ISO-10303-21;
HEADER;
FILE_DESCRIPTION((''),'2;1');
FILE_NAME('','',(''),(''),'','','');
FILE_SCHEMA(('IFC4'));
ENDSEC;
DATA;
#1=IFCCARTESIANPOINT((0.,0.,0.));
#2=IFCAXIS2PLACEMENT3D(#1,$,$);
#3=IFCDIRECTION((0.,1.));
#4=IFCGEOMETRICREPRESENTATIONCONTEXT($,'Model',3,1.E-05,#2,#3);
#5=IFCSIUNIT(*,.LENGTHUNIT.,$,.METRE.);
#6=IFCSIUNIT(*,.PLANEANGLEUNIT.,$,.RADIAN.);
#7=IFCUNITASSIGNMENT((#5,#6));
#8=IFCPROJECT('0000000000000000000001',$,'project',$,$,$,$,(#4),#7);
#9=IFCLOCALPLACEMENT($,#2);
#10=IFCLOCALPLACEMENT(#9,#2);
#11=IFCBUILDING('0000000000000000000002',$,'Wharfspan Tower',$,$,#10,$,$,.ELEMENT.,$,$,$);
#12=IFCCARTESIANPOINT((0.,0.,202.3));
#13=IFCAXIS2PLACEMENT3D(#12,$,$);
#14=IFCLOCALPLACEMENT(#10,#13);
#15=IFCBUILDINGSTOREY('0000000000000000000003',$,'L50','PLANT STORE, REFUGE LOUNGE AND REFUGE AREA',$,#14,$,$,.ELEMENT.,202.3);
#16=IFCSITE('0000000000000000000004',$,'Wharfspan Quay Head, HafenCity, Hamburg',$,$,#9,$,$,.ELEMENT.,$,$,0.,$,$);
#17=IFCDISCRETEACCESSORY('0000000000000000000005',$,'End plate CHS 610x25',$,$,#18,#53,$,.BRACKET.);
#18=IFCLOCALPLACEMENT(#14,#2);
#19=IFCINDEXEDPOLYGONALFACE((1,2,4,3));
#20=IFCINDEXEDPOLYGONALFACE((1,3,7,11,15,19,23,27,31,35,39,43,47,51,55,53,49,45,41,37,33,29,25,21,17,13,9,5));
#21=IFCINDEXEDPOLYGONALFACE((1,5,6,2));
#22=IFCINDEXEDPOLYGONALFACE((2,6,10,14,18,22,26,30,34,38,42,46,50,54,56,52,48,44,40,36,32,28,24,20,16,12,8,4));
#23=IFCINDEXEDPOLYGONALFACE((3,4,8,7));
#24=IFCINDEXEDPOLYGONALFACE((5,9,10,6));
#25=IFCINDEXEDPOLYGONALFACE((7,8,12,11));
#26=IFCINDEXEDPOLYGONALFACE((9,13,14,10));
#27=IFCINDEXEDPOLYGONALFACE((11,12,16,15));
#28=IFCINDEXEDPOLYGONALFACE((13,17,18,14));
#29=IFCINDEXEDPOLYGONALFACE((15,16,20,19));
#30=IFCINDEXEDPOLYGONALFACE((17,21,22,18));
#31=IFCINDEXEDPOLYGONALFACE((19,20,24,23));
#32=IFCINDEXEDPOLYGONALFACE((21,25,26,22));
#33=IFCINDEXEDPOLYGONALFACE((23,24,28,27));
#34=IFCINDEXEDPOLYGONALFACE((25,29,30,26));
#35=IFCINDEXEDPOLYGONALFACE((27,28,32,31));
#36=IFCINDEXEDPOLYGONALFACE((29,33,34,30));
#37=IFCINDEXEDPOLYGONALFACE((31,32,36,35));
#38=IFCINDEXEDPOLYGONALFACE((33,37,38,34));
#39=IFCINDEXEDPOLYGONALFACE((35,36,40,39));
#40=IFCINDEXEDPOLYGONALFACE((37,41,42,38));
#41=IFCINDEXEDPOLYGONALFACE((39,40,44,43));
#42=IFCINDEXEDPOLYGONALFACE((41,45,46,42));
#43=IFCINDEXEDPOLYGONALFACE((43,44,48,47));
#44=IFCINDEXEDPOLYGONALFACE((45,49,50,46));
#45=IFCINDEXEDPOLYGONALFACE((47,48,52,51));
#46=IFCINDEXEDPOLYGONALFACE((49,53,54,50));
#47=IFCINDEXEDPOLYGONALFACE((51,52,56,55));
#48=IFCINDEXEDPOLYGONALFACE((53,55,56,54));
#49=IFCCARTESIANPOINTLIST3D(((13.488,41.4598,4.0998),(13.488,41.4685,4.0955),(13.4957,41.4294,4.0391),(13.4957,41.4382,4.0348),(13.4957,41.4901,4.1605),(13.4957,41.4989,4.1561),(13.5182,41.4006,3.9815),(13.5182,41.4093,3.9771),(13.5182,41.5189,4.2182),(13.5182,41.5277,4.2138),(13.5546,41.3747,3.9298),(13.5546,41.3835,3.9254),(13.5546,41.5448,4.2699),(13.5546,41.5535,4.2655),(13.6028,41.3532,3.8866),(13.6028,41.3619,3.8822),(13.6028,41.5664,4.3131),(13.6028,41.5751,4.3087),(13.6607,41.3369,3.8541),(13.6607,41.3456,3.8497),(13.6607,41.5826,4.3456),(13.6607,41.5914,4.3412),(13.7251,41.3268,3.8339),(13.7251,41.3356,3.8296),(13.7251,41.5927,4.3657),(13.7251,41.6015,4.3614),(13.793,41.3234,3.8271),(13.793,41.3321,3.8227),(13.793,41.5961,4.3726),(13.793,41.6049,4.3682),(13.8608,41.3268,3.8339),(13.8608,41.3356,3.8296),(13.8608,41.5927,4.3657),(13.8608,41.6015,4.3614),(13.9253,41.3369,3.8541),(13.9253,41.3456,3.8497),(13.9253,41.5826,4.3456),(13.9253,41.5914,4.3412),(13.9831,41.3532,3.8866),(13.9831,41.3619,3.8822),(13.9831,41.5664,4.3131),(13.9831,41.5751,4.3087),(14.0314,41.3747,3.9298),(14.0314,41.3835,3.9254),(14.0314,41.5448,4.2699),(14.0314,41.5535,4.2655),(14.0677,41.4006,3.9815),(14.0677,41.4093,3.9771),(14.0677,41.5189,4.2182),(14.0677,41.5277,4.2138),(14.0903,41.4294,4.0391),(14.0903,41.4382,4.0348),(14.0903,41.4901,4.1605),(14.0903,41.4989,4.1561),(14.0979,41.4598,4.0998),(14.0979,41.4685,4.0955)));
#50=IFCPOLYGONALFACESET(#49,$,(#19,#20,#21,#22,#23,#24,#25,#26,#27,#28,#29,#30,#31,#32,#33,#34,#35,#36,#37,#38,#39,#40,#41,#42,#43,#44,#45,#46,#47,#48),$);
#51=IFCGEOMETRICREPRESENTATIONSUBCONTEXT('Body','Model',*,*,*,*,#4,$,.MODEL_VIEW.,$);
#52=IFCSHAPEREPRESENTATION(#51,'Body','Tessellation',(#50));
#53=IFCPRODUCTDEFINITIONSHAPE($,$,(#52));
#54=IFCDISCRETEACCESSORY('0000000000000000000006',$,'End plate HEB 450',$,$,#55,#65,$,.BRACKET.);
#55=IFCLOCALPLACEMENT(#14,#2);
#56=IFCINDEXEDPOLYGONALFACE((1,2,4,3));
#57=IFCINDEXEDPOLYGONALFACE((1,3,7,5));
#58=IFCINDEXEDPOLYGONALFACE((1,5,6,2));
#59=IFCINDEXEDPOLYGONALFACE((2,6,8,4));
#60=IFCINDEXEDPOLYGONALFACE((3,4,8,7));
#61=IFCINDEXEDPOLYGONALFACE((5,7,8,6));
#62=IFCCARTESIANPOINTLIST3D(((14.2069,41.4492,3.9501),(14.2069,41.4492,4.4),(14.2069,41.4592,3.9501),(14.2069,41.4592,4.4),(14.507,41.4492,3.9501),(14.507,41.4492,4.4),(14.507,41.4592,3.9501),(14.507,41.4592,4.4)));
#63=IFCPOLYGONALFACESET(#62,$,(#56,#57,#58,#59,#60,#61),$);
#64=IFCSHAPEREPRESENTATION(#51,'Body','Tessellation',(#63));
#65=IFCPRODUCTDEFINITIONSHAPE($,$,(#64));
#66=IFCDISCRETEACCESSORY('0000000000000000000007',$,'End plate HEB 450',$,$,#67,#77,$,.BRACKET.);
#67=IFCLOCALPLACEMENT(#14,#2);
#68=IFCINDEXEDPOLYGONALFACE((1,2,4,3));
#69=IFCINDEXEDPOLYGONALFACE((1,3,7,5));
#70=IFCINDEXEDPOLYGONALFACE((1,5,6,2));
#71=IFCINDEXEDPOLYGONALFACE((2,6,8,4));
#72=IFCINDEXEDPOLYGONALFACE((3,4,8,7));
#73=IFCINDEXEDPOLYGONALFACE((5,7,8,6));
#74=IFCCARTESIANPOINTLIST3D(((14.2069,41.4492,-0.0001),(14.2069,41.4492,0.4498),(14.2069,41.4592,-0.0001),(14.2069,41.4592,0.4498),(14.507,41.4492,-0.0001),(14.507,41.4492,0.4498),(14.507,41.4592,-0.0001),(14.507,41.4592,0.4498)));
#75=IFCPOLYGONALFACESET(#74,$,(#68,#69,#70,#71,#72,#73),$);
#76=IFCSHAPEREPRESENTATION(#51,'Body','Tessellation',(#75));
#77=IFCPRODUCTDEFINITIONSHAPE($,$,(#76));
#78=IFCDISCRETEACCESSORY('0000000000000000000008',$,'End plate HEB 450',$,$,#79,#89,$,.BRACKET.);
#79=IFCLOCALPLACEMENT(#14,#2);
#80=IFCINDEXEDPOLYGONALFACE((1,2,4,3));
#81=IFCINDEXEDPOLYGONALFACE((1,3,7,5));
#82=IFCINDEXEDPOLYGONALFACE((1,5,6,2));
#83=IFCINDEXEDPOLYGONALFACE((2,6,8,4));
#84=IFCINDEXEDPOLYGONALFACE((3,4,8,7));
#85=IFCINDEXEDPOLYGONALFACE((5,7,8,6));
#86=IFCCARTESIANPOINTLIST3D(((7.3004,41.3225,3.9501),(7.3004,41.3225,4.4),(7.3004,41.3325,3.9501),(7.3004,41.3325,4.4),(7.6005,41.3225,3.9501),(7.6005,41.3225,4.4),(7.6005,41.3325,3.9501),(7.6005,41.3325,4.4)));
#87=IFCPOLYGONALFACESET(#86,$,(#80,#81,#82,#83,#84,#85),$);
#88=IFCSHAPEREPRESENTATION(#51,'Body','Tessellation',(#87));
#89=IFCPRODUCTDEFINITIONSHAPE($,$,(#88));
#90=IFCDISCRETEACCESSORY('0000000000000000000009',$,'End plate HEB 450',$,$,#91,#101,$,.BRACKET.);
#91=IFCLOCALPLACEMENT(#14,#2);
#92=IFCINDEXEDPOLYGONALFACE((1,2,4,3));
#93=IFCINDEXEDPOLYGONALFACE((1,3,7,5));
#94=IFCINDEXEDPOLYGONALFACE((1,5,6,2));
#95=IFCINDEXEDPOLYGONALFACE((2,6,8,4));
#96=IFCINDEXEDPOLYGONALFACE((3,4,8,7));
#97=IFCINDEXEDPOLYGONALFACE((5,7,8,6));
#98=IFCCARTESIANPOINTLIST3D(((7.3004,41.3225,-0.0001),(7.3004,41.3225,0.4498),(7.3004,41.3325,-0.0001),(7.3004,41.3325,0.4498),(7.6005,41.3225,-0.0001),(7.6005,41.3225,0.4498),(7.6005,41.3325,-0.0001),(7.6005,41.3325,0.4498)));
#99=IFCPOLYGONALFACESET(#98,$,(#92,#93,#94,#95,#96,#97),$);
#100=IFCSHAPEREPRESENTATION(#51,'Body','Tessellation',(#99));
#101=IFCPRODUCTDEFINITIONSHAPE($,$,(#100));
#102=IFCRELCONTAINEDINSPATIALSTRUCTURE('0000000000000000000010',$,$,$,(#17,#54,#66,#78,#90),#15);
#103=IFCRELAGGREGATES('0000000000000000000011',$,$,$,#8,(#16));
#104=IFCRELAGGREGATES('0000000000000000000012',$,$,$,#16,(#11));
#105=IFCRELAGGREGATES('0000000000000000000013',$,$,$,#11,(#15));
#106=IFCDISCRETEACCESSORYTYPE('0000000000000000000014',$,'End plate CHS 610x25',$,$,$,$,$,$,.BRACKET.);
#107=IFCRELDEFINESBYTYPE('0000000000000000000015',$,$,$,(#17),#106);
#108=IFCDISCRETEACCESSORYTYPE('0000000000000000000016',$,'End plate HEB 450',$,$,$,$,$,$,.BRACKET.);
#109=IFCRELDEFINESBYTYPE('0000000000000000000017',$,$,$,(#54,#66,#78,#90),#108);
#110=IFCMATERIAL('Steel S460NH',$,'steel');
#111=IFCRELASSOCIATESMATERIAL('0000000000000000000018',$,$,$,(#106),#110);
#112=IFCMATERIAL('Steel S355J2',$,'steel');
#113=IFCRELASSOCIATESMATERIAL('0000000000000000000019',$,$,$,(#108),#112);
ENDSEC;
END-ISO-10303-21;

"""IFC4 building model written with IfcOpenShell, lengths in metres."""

from ifc_helpers import new_model, si_unit, direction, frame, origin, origin_2d, place, context, subcontext, project, spatial, rectangle, circle, extrude, material, material_profile, profile_set, type_object, element, save


model = new_model("IFC4")

# Units and contexts
model_context = context("Model", 3, precision=1e-05, world=origin(), true_north=direction((0.0, 1.0)))
body_context = subcontext(model_context, "Body", "Model", "MODEL_VIEW")
ifc_project = project(units=[si_unit("LENGTHUNIT", "METRE"), si_unit("PLANEANGLEUNIT", "RADIAN")], contexts=[model_context])

# Site, building, storey
site_placement = place(None, origin())
site = spatial("IfcSite", under=ifc_project, at=site_placement, Name="Wharfspan Quay Head, HafenCity, Hamburg", CompositionType="ELEMENT", RefElevation=0.0)
building_placement = place(site_placement, origin())
building = spatial("IfcBuilding", under=site, at=building_placement, Name="Wharfspan Tower", CompositionType="ELEMENT")
storey_placement = place(building_placement, frame((0.0, 0.0, 202.3)))
storey = spatial("IfcBuildingStorey", under=building, at=storey_placement, Name="L50", Description="PLANT STORE, REFUGE LOUNGE AND REFUGE AREA", CompositionType="ELEMENT", Elevation=202.3)

# Shared definitions
ifc_material_1 = material(Name="Steel S355J2", Category="steel")

# Shared definitions
ifc_material_2 = material(Name="Steel S460NH", Category="steel")

# Discrete accessories
ifc_material_profile_1 = material_profile(ifc_material_2, circle(Radius=0.3049, at=origin_2d()))
ifc_profile_set_1 = profile_set([ifc_material_profile_1], Name="Steel S460NH")
discrete_accessory_type_1 = type_object("IfcDiscreteAccessoryType", Name="End plate CHS 610x25", PredefinedType="BRACKET", material=ifc_profile_set_1)
discrete_accessory_1_placement = place(storey_placement, frame((13.793, 41.4685, 4.0955), z_axis=(0.0, -0.894427, 0.447214), x_axis=(1.0, 0.0, 0.0)))
element("IfcDiscreteAccessory", 1, at=discrete_accessory_1_placement, inside=storey, type_object=discrete_accessory_type_1, Name="End plate CHS 610x25", PredefinedType="BRACKET", context=body_context, shape_type="SweptSolid", body=[
    extrude(circle(Radius=0.3049, at=origin_2d()), origin(), (0.0, 0.0, 1.0), 0.0098),
])
ifc_material_profile_2 = material_profile(ifc_material_1, rectangle(XDim=0.3, YDim=0.45, at=origin_2d()))
ifc_profile_set_2 = profile_set([ifc_material_profile_2], Name="Steel S355J2")
discrete_accessory_type_2 = type_object("IfcDiscreteAccessoryType", Name="End plate HEB 450", PredefinedType="BRACKET", material=ifc_profile_set_2)
for number, where, z_axis, x_axis, name in (
    (2, (14.3569, 41.4592, 4.175), (0.0, -1.0, 0.0), (1.0, 0.0, 0.0), "End plate HEB 450"),
    (3, (14.3569, 41.4592, 0.2249), (0.0, -1.0, 0.0), (1.0, 0.0, 0.0), "End plate HEB 450"),
    (4, (7.4504, 41.3325, 4.175), (0.0, -1.0, 0.0), (1.0, 0.0, 0.0), "End plate HEB 450"),
    (5, (7.4504, 41.3325, 0.2249), (0.0, -1.0, 0.0), (1.0, 0.0, 0.0), "End plate HEB 450"),
):
    element("IfcDiscreteAccessory", number, at=place(storey_placement, frame(where, z_axis=z_axis, x_axis=x_axis)), inside=storey, type_object=discrete_accessory_type_2, Name=name, PredefinedType="BRACKET", context=body_context, shape_type="SweptSolid", body=[
        extrude(rectangle(XDim=0.3, YDim=0.45, at=origin_2d()), origin(), (0.0, 0.0, 1.0), 0.01),
    ])

save(model, "model.ifc")
